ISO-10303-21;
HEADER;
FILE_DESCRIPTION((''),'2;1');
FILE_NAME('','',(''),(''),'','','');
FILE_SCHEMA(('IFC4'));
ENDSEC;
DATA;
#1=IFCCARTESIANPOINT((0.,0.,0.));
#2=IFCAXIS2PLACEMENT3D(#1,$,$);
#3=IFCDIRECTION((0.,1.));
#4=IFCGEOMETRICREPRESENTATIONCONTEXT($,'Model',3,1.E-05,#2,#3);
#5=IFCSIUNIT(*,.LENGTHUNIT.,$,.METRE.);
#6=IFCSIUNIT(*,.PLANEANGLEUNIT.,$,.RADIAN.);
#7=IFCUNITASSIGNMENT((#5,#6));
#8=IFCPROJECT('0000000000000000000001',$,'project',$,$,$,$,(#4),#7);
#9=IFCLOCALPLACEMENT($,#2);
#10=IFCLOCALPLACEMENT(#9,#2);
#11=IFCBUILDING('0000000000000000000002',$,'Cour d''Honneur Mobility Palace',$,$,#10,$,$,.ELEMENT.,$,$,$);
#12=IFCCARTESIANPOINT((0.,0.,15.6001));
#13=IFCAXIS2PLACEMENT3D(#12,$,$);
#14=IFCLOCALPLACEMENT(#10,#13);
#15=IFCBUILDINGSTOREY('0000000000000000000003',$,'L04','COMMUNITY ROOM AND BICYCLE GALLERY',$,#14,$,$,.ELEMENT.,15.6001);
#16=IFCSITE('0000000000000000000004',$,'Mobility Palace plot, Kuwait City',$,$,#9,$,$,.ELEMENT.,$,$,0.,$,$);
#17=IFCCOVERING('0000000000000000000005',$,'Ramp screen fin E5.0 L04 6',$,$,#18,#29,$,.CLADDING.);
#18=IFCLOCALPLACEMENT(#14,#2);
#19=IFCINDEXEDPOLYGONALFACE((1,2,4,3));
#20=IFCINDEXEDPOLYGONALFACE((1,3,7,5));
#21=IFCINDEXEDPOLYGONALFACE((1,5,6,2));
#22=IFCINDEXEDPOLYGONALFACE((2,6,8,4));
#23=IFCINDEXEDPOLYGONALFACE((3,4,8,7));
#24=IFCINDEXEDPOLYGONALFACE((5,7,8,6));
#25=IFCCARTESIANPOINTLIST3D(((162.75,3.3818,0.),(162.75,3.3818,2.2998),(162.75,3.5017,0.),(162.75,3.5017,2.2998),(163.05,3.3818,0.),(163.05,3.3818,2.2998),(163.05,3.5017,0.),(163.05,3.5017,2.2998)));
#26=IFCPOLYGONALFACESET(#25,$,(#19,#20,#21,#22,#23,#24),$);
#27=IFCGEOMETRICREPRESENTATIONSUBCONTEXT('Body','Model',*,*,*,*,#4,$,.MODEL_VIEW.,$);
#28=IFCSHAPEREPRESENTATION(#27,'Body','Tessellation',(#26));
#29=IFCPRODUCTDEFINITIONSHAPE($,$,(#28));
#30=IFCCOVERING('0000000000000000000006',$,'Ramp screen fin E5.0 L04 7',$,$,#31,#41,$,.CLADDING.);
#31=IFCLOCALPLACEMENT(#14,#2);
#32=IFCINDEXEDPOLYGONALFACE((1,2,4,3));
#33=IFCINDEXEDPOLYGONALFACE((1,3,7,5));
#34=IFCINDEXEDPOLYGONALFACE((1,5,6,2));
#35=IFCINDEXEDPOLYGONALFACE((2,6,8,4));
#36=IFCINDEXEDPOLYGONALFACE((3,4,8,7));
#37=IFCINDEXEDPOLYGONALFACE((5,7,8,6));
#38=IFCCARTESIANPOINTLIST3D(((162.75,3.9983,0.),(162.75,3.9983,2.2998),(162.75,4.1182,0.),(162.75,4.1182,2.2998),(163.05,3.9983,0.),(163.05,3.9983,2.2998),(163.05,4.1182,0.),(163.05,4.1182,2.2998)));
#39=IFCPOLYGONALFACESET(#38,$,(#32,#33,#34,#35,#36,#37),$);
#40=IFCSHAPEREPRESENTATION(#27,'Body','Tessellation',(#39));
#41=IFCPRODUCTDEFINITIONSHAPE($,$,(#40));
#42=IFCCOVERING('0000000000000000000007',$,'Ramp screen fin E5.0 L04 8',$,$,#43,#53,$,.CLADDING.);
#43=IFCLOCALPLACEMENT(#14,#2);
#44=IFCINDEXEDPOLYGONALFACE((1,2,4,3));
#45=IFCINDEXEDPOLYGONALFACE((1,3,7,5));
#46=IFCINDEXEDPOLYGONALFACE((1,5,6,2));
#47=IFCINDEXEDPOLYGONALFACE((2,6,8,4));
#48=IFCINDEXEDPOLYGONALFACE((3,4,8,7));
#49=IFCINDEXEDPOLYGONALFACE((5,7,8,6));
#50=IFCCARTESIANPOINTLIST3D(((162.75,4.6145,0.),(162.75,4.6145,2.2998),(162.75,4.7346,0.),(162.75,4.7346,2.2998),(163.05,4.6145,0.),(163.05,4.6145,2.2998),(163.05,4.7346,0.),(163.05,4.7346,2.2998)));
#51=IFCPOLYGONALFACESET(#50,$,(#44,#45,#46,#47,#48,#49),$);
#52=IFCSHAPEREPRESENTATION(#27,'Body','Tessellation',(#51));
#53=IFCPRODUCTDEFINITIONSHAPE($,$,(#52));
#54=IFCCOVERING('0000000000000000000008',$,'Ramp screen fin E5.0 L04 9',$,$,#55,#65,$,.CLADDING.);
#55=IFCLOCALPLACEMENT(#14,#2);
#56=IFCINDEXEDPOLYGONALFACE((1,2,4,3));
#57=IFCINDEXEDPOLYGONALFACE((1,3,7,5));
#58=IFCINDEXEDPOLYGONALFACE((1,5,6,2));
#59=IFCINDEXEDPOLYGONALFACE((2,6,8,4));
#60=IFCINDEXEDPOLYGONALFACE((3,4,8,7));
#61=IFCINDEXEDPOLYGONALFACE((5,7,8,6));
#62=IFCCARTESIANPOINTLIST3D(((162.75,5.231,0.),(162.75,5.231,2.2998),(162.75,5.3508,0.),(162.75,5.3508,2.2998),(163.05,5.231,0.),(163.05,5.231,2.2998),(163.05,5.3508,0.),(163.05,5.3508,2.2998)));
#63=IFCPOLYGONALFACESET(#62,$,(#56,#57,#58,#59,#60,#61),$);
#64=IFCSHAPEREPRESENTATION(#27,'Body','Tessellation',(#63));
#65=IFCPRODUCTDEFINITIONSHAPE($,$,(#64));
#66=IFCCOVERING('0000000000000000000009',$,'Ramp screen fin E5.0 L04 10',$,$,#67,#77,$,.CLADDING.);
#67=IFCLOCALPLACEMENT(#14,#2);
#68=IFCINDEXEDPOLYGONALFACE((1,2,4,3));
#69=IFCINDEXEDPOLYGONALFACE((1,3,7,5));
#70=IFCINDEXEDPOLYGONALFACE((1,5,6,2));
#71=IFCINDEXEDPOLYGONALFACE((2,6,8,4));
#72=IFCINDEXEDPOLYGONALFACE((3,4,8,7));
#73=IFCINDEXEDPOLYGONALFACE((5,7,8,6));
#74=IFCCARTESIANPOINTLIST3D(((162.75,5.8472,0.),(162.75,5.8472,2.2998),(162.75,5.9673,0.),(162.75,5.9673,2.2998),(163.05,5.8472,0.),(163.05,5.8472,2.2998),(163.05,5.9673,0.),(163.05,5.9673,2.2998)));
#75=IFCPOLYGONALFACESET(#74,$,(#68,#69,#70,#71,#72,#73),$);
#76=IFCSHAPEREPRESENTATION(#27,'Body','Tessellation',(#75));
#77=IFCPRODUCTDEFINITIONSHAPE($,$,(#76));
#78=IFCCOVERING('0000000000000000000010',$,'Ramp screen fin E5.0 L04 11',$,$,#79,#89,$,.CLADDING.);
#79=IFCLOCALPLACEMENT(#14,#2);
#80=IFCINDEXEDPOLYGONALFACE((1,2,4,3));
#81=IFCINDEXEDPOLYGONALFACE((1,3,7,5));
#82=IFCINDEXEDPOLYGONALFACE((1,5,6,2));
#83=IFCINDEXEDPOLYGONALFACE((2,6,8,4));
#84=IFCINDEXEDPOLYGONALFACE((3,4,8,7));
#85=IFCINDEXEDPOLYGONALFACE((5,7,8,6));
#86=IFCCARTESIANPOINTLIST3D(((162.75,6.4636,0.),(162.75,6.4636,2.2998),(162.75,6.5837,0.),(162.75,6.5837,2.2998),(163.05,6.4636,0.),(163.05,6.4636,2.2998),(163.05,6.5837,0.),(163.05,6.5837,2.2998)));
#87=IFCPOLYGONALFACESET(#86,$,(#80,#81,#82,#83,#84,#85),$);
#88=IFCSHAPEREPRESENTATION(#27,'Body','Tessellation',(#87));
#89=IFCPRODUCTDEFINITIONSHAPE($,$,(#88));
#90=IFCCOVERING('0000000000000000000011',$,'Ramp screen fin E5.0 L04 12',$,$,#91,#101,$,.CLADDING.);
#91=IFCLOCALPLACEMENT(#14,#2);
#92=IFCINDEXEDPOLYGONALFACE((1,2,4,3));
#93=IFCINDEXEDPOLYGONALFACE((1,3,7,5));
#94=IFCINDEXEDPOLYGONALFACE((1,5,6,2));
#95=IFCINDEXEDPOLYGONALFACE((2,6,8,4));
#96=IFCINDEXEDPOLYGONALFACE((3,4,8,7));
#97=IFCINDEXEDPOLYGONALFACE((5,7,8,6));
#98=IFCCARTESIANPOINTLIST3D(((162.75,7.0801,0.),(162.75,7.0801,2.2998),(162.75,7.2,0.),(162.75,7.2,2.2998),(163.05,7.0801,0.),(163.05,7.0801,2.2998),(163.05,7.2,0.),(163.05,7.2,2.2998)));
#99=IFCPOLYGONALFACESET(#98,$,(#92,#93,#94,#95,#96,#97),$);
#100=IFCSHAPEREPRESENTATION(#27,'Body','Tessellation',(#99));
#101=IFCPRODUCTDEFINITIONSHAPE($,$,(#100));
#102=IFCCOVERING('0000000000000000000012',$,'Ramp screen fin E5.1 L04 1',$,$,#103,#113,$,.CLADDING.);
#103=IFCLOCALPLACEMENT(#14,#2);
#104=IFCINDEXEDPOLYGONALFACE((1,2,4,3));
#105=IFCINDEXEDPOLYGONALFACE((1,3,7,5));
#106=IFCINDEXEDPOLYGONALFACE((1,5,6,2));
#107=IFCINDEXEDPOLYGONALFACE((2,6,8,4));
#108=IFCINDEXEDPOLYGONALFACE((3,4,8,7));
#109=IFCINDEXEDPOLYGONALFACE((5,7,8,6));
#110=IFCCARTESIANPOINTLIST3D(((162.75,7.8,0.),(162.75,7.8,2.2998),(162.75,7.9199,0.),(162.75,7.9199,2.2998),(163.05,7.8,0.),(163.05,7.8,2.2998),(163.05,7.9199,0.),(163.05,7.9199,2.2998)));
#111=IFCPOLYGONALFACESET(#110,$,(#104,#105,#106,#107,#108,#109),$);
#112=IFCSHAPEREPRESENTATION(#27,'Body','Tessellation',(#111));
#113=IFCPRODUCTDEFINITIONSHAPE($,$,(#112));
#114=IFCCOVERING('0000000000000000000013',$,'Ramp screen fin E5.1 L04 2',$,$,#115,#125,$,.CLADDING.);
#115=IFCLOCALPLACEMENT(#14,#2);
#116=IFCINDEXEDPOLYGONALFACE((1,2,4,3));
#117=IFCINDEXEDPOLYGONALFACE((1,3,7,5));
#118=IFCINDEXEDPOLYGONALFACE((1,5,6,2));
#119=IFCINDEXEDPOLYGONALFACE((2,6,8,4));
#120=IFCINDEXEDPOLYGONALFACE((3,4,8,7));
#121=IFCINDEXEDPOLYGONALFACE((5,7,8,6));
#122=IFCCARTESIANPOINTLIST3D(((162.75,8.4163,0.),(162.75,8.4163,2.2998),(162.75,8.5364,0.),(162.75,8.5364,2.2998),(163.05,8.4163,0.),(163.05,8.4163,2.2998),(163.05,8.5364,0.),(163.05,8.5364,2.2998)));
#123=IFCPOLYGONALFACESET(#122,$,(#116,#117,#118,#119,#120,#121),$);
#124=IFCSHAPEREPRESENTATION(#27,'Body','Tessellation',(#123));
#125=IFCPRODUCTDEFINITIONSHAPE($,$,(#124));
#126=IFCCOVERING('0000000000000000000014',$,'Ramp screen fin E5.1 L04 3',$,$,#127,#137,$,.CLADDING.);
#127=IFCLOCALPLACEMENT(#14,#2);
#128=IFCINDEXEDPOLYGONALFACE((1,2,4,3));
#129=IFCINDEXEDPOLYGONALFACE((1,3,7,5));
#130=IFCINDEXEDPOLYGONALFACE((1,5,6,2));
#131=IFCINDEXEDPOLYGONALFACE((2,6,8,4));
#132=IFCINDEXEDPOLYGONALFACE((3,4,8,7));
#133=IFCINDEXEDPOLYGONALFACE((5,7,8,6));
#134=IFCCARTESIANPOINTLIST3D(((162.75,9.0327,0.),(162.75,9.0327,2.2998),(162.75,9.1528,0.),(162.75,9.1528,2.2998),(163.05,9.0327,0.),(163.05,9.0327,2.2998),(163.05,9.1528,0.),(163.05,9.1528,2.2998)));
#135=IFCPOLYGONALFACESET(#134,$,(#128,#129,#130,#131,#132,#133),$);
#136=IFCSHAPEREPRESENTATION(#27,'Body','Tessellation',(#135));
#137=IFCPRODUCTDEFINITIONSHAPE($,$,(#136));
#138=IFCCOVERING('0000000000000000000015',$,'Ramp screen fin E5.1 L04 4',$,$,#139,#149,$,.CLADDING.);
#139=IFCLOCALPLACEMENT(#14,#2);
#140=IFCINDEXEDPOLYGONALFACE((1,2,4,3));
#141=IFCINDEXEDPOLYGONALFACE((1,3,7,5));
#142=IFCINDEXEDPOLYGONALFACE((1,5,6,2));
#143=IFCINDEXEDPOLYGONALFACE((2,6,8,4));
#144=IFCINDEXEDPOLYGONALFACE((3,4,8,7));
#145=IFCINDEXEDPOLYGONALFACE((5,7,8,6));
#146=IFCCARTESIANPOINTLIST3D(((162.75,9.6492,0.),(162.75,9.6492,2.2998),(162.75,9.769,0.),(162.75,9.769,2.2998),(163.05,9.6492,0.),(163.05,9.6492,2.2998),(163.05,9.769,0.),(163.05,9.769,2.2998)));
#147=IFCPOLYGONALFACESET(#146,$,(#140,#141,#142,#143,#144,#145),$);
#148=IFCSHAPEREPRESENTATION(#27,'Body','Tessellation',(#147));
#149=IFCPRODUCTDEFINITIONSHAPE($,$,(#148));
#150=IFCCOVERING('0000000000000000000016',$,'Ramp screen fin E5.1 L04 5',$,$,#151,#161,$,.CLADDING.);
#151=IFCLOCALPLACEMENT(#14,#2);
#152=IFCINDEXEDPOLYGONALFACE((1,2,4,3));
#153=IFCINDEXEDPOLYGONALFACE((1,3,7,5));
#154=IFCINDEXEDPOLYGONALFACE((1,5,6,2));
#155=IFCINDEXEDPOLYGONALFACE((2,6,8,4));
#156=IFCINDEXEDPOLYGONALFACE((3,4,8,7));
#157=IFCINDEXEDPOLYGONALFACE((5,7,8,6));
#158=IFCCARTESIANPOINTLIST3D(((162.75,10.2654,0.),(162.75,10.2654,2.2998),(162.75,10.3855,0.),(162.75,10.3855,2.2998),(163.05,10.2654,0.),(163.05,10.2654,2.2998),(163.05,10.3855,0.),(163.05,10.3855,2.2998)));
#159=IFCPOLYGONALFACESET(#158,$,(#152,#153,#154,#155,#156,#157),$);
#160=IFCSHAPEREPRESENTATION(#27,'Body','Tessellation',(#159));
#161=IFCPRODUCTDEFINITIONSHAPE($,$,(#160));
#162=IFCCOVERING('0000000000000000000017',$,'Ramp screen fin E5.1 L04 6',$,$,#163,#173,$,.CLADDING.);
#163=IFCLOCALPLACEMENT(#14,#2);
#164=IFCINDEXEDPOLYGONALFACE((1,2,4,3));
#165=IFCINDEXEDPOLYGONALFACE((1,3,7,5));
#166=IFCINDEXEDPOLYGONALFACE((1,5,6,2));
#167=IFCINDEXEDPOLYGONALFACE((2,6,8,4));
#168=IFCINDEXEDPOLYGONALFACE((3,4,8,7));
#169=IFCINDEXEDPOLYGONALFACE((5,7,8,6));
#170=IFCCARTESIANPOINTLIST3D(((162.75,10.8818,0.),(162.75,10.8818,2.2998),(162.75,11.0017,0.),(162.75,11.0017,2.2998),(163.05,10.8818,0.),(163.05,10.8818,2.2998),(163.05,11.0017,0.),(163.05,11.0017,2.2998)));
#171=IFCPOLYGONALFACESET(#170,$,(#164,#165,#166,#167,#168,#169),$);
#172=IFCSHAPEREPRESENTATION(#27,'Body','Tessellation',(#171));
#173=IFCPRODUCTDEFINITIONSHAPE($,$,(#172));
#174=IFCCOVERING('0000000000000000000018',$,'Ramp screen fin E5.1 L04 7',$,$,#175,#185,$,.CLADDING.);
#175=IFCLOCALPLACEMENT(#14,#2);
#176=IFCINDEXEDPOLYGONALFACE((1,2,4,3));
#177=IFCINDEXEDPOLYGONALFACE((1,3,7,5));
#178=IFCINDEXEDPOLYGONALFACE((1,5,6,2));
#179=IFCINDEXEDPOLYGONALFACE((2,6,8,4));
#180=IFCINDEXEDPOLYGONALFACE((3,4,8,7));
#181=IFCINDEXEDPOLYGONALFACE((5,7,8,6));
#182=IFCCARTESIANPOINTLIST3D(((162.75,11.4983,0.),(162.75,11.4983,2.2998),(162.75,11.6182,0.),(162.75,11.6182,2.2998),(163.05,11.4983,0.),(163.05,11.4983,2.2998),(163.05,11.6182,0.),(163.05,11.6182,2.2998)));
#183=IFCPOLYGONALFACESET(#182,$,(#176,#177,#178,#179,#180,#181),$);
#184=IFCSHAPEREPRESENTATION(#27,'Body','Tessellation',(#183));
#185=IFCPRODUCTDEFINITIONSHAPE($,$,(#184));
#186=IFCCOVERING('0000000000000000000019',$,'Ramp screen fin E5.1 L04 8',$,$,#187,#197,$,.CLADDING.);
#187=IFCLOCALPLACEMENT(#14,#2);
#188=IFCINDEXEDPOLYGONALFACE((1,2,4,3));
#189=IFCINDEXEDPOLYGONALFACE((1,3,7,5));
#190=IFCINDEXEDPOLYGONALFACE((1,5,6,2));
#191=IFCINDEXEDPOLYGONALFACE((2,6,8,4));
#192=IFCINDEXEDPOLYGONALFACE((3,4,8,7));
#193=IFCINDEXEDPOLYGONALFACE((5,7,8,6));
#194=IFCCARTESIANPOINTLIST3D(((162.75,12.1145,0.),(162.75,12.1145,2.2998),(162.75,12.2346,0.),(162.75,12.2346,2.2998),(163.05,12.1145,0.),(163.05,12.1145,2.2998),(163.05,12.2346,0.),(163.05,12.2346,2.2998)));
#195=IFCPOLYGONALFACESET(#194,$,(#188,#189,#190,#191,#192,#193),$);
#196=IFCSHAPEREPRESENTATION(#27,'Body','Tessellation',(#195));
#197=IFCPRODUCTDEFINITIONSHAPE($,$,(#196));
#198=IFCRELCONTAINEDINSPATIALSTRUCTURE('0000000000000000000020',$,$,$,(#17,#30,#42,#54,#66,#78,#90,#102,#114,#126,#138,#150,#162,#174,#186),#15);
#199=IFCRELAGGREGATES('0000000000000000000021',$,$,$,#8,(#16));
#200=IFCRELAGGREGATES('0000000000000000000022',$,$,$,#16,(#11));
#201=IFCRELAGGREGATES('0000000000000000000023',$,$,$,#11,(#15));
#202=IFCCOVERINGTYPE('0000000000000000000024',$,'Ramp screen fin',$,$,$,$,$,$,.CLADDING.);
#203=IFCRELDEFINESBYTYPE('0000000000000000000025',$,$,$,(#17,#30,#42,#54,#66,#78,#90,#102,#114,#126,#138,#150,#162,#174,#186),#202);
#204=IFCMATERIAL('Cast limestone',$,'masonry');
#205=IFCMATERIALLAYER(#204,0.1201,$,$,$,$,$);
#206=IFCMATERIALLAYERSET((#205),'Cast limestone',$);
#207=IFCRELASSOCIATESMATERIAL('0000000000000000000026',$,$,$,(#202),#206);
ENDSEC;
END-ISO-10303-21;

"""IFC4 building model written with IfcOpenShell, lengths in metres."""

from ifc_helpers import new_model, si_unit, direction, frame, origin, place, context, subcontext, project, spatial, polyline, outline, extrude, material, layer, layer_set, type_object, element, save


model = new_model("IFC4")

# Units and contexts
model_context = context("Model", 3, precision=1e-05, world=origin(), true_north=direction((0.0, 1.0)))
body_context = subcontext(model_context, "Body", "Model", "MODEL_VIEW")
ifc_project = project(units=[si_unit("LENGTHUNIT", "METRE"), si_unit("PLANEANGLEUNIT", "RADIAN")], contexts=[model_context])

# Site, building, storey
site_placement = place(None, origin())
site = spatial("IfcSite", under=ifc_project, at=site_placement, Name="Mobility Palace plot, Kuwait City", CompositionType="ELEMENT", RefElevation=0.0)
building_placement = place(site_placement, origin())
building = spatial("IfcBuilding", under=site, at=building_placement, Name="Cour d'Honneur Mobility Palace", CompositionType="ELEMENT")
storey_placement = place(building_placement, frame((0.0, 0.0, 15.6001)))
storey = spatial("IfcBuildingStorey", under=building, at=storey_placement, Name="L04", Description="COMMUNITY ROOM AND BICYCLE GALLERY", CompositionType="ELEMENT", Elevation=15.6001)

# Coverings
ifc_material = material(Name="Cast limestone", Category="masonry")
ifc_layer = layer(ifc_material, 0.1201)
ifc_layer_set = layer_set([ifc_layer], Name="Cast limestone")
covering_type = type_object("IfcCoveringType", Name="Ramp screen fin", PredefinedType="CLADDING", material=ifc_layer_set)
covering_1_placement = place(storey_placement, origin())
element("IfcCovering", 1, at=covering_1_placement, inside=storey, type_object=covering_type, Name="Ramp screen fin E5.0 L04 6", PredefinedType="CLADDING", context=body_context, shape_type="SweptSolid", body=[
    extrude(outline(polyline([(162.75, 3.3818), (162.75, 3.5017), (163.05, 3.5017), (163.05, 3.3818), (162.75, 3.3818)])), origin(), (0.0, 0.0, 1.0), 2.2998),
])
covering_2_placement = place(storey_placement, origin())
element("IfcCovering", 2, at=covering_2_placement, inside=storey, type_object=covering_type, Name="Ramp screen fin E5.0 L04 7", PredefinedType="CLADDING", context=body_context, shape_type="SweptSolid", body=[
    extrude(outline(polyline([(162.75, 3.9983), (162.75, 4.1182), (163.05, 4.1182), (163.05, 3.9983), (162.75, 3.9983)])), origin(), (0.0, 0.0, 1.0), 2.2998),
])
covering_3_placement = place(storey_placement, origin())
element("IfcCovering", 3, at=covering_3_placement, inside=storey, type_object=covering_type, Name="Ramp screen fin E5.0 L04 8", PredefinedType="CLADDING", context=body_context, shape_type="SweptSolid", body=[
    extrude(outline(polyline([(162.75, 4.6145), (162.75, 4.7346), (163.05, 4.7346), (163.05, 4.6145), (162.75, 4.6145)])), origin(), (0.0, 0.0, 1.0), 2.2998),
])
covering_4_placement = place(storey_placement, origin())
element("IfcCovering", 4, at=covering_4_placement, inside=storey, type_object=covering_type, Name="Ramp screen fin E5.0 L04 9", PredefinedType="CLADDING", context=body_context, shape_type="SweptSolid", body=[
    extrude(outline(polyline([(162.75, 5.231), (162.75, 5.3508), (163.05, 5.3508), (163.05, 5.231), (162.75, 5.231)])), origin(), (0.0, 0.0, 1.0), 2.2998),
])
covering_5_placement = place(storey_placement, origin())
element("IfcCovering", 5, at=covering_5_placement, inside=storey, type_object=covering_type, Name="Ramp screen fin E5.0 L04 10", PredefinedType="CLADDING", context=body_context, shape_type="SweptSolid", body=[
    extrude(outline(polyline([(162.75, 5.8472), (162.75, 5.9673), (163.05, 5.9673), (163.05, 5.8472), (162.75, 5.8472)])), origin(), (0.0, 0.0, 1.0), 2.2998),
])
covering_6_placement = place(storey_placement, origin())
element("IfcCovering", 6, at=covering_6_placement, inside=storey, type_object=covering_type, Name="Ramp screen fin E5.0 L04 11", PredefinedType="CLADDING", context=body_context, shape_type="SweptSolid", body=[
    extrude(outline(polyline([(162.75, 6.4636), (162.75, 6.5837), (163.05, 6.5837), (163.05, 6.4636), (162.75, 6.4636)])), origin(), (0.0, 0.0, 1.0), 2.2998),
])
covering_7_placement = place(storey_placement, origin())
element("IfcCovering", 7, at=covering_7_placement, inside=storey, type_object=covering_type, Name="Ramp screen fin E5.0 L04 12", PredefinedType="CLADDING", context=body_context, shape_type="SweptSolid", body=[
    extrude(outline(polyline([(162.75, 7.0801), (162.75, 7.2), (163.05, 7.2), (163.05, 7.0801), (162.75, 7.0801)])), origin(), (0.0, 0.0, 1.0), 2.2998),
])
covering_8_placement = place(storey_placement, origin())
element("IfcCovering", 8, at=covering_8_placement, inside=storey, type_object=covering_type, Name="Ramp screen fin E5.1 L04 1", PredefinedType="CLADDING", context=body_context, shape_type="SweptSolid", body=[
    extrude(outline(polyline([(162.75, 7.8), (162.75, 7.9199), (163.05, 7.9199), (163.05, 7.8), (162.75, 7.8)])), origin(), (0.0, 0.0, 1.0), 2.2998),
])
covering_9_placement = place(storey_placement, origin())
element("IfcCovering", 9, at=covering_9_placement, inside=storey, type_object=covering_type, Name="Ramp screen fin E5.1 L04 2", PredefinedType="CLADDING", context=body_context, shape_type="SweptSolid", body=[
    extrude(outline(polyline([(162.75, 8.4163), (162.75, 8.5364), (163.05, 8.5364), (163.05, 8.4163), (162.75, 8.4163)])), origin(), (0.0, 0.0, 1.0), 2.2998),
])
covering_10_placement = place(storey_placement, origin())
element("IfcCovering", 10, at=covering_10_placement, inside=storey, type_object=covering_type, Name="Ramp screen fin E5.1 L04 3", PredefinedType="CLADDING", context=body_context, shape_type="SweptSolid", body=[
    extrude(outline(polyline([(162.75, 9.0327), (162.75, 9.1528), (163.05, 9.1528), (163.05, 9.0327), (162.75, 9.0327)])), origin(), (0.0, 0.0, 1.0), 2.2998),
])
covering_11_placement = place(storey_placement, origin())
element("IfcCovering", 11, at=covering_11_placement, inside=storey, type_object=covering_type, Name="Ramp screen fin E5.1 L04 4", PredefinedType="CLADDING", context=body_context, shape_type="SweptSolid", body=[
    extrude(outline(polyline([(162.75, 9.6492), (162.75, 9.769), (163.05, 9.769), (163.05, 9.6492), (162.75, 9.6492)])), origin(), (0.0, 0.0, 1.0), 2.2998),
])
covering_12_placement = place(storey_placement, origin())
element("IfcCovering", 12, at=covering_12_placement, inside=storey, type_object=covering_type, Name="Ramp screen fin E5.1 L04 5", PredefinedType="CLADDING", context=body_context, shape_type="SweptSolid", body=[
    extrude(outline(polyline([(162.75, 10.2654), (162.75, 10.3855), (163.05, 10.3855), (163.05, 10.2654), (162.75, 10.2654)])), origin(), (0.0, 0.0, 1.0), 2.2998),
])
covering_13_placement = place(storey_placement, origin())
element("IfcCovering", 13, at=covering_13_placement, inside=storey, type_object=covering_type, Name="Ramp screen fin E5.1 L04 6", PredefinedType="CLADDING", context=body_context, shape_type="SweptSolid", body=[
    extrude(outline(polyline([(162.75, 10.8818), (162.75, 11.0017), (163.05, 11.0017), (163.05, 10.8818), (162.75, 10.8818)])), origin(), (0.0, 0.0, 1.0), 2.2998),
])
covering_14_placement = place(storey_placement, origin())
element("IfcCovering", 14, at=covering_14_placement, inside=storey, type_object=covering_type, Name="Ramp screen fin E5.1 L04 7", PredefinedType="CLADDING", context=body_context, shape_type="SweptSolid", body=[
    extrude(outline(polyline([(162.75, 11.4983), (162.75, 11.6182), (163.05, 11.6182), (163.05, 11.4983), (162.75, 11.4983)])), origin(), (0.0, 0.0, 1.0), 2.2998),
])
covering_15_placement = place(storey_placement, origin())
element("IfcCovering", 15, at=covering_15_placement, inside=storey, type_object=covering_type, Name="Ramp screen fin E5.1 L04 8", PredefinedType="CLADDING", context=body_context, shape_type="SweptSolid", body=[
    extrude(outline(polyline([(162.75, 12.1145), (162.75, 12.2346), (163.05, 12.2346), (163.05, 12.1145), (162.75, 12.1145)])), origin(), (0.0, 0.0, 1.0), 2.2998),
])

save(model, "model.ifc")
